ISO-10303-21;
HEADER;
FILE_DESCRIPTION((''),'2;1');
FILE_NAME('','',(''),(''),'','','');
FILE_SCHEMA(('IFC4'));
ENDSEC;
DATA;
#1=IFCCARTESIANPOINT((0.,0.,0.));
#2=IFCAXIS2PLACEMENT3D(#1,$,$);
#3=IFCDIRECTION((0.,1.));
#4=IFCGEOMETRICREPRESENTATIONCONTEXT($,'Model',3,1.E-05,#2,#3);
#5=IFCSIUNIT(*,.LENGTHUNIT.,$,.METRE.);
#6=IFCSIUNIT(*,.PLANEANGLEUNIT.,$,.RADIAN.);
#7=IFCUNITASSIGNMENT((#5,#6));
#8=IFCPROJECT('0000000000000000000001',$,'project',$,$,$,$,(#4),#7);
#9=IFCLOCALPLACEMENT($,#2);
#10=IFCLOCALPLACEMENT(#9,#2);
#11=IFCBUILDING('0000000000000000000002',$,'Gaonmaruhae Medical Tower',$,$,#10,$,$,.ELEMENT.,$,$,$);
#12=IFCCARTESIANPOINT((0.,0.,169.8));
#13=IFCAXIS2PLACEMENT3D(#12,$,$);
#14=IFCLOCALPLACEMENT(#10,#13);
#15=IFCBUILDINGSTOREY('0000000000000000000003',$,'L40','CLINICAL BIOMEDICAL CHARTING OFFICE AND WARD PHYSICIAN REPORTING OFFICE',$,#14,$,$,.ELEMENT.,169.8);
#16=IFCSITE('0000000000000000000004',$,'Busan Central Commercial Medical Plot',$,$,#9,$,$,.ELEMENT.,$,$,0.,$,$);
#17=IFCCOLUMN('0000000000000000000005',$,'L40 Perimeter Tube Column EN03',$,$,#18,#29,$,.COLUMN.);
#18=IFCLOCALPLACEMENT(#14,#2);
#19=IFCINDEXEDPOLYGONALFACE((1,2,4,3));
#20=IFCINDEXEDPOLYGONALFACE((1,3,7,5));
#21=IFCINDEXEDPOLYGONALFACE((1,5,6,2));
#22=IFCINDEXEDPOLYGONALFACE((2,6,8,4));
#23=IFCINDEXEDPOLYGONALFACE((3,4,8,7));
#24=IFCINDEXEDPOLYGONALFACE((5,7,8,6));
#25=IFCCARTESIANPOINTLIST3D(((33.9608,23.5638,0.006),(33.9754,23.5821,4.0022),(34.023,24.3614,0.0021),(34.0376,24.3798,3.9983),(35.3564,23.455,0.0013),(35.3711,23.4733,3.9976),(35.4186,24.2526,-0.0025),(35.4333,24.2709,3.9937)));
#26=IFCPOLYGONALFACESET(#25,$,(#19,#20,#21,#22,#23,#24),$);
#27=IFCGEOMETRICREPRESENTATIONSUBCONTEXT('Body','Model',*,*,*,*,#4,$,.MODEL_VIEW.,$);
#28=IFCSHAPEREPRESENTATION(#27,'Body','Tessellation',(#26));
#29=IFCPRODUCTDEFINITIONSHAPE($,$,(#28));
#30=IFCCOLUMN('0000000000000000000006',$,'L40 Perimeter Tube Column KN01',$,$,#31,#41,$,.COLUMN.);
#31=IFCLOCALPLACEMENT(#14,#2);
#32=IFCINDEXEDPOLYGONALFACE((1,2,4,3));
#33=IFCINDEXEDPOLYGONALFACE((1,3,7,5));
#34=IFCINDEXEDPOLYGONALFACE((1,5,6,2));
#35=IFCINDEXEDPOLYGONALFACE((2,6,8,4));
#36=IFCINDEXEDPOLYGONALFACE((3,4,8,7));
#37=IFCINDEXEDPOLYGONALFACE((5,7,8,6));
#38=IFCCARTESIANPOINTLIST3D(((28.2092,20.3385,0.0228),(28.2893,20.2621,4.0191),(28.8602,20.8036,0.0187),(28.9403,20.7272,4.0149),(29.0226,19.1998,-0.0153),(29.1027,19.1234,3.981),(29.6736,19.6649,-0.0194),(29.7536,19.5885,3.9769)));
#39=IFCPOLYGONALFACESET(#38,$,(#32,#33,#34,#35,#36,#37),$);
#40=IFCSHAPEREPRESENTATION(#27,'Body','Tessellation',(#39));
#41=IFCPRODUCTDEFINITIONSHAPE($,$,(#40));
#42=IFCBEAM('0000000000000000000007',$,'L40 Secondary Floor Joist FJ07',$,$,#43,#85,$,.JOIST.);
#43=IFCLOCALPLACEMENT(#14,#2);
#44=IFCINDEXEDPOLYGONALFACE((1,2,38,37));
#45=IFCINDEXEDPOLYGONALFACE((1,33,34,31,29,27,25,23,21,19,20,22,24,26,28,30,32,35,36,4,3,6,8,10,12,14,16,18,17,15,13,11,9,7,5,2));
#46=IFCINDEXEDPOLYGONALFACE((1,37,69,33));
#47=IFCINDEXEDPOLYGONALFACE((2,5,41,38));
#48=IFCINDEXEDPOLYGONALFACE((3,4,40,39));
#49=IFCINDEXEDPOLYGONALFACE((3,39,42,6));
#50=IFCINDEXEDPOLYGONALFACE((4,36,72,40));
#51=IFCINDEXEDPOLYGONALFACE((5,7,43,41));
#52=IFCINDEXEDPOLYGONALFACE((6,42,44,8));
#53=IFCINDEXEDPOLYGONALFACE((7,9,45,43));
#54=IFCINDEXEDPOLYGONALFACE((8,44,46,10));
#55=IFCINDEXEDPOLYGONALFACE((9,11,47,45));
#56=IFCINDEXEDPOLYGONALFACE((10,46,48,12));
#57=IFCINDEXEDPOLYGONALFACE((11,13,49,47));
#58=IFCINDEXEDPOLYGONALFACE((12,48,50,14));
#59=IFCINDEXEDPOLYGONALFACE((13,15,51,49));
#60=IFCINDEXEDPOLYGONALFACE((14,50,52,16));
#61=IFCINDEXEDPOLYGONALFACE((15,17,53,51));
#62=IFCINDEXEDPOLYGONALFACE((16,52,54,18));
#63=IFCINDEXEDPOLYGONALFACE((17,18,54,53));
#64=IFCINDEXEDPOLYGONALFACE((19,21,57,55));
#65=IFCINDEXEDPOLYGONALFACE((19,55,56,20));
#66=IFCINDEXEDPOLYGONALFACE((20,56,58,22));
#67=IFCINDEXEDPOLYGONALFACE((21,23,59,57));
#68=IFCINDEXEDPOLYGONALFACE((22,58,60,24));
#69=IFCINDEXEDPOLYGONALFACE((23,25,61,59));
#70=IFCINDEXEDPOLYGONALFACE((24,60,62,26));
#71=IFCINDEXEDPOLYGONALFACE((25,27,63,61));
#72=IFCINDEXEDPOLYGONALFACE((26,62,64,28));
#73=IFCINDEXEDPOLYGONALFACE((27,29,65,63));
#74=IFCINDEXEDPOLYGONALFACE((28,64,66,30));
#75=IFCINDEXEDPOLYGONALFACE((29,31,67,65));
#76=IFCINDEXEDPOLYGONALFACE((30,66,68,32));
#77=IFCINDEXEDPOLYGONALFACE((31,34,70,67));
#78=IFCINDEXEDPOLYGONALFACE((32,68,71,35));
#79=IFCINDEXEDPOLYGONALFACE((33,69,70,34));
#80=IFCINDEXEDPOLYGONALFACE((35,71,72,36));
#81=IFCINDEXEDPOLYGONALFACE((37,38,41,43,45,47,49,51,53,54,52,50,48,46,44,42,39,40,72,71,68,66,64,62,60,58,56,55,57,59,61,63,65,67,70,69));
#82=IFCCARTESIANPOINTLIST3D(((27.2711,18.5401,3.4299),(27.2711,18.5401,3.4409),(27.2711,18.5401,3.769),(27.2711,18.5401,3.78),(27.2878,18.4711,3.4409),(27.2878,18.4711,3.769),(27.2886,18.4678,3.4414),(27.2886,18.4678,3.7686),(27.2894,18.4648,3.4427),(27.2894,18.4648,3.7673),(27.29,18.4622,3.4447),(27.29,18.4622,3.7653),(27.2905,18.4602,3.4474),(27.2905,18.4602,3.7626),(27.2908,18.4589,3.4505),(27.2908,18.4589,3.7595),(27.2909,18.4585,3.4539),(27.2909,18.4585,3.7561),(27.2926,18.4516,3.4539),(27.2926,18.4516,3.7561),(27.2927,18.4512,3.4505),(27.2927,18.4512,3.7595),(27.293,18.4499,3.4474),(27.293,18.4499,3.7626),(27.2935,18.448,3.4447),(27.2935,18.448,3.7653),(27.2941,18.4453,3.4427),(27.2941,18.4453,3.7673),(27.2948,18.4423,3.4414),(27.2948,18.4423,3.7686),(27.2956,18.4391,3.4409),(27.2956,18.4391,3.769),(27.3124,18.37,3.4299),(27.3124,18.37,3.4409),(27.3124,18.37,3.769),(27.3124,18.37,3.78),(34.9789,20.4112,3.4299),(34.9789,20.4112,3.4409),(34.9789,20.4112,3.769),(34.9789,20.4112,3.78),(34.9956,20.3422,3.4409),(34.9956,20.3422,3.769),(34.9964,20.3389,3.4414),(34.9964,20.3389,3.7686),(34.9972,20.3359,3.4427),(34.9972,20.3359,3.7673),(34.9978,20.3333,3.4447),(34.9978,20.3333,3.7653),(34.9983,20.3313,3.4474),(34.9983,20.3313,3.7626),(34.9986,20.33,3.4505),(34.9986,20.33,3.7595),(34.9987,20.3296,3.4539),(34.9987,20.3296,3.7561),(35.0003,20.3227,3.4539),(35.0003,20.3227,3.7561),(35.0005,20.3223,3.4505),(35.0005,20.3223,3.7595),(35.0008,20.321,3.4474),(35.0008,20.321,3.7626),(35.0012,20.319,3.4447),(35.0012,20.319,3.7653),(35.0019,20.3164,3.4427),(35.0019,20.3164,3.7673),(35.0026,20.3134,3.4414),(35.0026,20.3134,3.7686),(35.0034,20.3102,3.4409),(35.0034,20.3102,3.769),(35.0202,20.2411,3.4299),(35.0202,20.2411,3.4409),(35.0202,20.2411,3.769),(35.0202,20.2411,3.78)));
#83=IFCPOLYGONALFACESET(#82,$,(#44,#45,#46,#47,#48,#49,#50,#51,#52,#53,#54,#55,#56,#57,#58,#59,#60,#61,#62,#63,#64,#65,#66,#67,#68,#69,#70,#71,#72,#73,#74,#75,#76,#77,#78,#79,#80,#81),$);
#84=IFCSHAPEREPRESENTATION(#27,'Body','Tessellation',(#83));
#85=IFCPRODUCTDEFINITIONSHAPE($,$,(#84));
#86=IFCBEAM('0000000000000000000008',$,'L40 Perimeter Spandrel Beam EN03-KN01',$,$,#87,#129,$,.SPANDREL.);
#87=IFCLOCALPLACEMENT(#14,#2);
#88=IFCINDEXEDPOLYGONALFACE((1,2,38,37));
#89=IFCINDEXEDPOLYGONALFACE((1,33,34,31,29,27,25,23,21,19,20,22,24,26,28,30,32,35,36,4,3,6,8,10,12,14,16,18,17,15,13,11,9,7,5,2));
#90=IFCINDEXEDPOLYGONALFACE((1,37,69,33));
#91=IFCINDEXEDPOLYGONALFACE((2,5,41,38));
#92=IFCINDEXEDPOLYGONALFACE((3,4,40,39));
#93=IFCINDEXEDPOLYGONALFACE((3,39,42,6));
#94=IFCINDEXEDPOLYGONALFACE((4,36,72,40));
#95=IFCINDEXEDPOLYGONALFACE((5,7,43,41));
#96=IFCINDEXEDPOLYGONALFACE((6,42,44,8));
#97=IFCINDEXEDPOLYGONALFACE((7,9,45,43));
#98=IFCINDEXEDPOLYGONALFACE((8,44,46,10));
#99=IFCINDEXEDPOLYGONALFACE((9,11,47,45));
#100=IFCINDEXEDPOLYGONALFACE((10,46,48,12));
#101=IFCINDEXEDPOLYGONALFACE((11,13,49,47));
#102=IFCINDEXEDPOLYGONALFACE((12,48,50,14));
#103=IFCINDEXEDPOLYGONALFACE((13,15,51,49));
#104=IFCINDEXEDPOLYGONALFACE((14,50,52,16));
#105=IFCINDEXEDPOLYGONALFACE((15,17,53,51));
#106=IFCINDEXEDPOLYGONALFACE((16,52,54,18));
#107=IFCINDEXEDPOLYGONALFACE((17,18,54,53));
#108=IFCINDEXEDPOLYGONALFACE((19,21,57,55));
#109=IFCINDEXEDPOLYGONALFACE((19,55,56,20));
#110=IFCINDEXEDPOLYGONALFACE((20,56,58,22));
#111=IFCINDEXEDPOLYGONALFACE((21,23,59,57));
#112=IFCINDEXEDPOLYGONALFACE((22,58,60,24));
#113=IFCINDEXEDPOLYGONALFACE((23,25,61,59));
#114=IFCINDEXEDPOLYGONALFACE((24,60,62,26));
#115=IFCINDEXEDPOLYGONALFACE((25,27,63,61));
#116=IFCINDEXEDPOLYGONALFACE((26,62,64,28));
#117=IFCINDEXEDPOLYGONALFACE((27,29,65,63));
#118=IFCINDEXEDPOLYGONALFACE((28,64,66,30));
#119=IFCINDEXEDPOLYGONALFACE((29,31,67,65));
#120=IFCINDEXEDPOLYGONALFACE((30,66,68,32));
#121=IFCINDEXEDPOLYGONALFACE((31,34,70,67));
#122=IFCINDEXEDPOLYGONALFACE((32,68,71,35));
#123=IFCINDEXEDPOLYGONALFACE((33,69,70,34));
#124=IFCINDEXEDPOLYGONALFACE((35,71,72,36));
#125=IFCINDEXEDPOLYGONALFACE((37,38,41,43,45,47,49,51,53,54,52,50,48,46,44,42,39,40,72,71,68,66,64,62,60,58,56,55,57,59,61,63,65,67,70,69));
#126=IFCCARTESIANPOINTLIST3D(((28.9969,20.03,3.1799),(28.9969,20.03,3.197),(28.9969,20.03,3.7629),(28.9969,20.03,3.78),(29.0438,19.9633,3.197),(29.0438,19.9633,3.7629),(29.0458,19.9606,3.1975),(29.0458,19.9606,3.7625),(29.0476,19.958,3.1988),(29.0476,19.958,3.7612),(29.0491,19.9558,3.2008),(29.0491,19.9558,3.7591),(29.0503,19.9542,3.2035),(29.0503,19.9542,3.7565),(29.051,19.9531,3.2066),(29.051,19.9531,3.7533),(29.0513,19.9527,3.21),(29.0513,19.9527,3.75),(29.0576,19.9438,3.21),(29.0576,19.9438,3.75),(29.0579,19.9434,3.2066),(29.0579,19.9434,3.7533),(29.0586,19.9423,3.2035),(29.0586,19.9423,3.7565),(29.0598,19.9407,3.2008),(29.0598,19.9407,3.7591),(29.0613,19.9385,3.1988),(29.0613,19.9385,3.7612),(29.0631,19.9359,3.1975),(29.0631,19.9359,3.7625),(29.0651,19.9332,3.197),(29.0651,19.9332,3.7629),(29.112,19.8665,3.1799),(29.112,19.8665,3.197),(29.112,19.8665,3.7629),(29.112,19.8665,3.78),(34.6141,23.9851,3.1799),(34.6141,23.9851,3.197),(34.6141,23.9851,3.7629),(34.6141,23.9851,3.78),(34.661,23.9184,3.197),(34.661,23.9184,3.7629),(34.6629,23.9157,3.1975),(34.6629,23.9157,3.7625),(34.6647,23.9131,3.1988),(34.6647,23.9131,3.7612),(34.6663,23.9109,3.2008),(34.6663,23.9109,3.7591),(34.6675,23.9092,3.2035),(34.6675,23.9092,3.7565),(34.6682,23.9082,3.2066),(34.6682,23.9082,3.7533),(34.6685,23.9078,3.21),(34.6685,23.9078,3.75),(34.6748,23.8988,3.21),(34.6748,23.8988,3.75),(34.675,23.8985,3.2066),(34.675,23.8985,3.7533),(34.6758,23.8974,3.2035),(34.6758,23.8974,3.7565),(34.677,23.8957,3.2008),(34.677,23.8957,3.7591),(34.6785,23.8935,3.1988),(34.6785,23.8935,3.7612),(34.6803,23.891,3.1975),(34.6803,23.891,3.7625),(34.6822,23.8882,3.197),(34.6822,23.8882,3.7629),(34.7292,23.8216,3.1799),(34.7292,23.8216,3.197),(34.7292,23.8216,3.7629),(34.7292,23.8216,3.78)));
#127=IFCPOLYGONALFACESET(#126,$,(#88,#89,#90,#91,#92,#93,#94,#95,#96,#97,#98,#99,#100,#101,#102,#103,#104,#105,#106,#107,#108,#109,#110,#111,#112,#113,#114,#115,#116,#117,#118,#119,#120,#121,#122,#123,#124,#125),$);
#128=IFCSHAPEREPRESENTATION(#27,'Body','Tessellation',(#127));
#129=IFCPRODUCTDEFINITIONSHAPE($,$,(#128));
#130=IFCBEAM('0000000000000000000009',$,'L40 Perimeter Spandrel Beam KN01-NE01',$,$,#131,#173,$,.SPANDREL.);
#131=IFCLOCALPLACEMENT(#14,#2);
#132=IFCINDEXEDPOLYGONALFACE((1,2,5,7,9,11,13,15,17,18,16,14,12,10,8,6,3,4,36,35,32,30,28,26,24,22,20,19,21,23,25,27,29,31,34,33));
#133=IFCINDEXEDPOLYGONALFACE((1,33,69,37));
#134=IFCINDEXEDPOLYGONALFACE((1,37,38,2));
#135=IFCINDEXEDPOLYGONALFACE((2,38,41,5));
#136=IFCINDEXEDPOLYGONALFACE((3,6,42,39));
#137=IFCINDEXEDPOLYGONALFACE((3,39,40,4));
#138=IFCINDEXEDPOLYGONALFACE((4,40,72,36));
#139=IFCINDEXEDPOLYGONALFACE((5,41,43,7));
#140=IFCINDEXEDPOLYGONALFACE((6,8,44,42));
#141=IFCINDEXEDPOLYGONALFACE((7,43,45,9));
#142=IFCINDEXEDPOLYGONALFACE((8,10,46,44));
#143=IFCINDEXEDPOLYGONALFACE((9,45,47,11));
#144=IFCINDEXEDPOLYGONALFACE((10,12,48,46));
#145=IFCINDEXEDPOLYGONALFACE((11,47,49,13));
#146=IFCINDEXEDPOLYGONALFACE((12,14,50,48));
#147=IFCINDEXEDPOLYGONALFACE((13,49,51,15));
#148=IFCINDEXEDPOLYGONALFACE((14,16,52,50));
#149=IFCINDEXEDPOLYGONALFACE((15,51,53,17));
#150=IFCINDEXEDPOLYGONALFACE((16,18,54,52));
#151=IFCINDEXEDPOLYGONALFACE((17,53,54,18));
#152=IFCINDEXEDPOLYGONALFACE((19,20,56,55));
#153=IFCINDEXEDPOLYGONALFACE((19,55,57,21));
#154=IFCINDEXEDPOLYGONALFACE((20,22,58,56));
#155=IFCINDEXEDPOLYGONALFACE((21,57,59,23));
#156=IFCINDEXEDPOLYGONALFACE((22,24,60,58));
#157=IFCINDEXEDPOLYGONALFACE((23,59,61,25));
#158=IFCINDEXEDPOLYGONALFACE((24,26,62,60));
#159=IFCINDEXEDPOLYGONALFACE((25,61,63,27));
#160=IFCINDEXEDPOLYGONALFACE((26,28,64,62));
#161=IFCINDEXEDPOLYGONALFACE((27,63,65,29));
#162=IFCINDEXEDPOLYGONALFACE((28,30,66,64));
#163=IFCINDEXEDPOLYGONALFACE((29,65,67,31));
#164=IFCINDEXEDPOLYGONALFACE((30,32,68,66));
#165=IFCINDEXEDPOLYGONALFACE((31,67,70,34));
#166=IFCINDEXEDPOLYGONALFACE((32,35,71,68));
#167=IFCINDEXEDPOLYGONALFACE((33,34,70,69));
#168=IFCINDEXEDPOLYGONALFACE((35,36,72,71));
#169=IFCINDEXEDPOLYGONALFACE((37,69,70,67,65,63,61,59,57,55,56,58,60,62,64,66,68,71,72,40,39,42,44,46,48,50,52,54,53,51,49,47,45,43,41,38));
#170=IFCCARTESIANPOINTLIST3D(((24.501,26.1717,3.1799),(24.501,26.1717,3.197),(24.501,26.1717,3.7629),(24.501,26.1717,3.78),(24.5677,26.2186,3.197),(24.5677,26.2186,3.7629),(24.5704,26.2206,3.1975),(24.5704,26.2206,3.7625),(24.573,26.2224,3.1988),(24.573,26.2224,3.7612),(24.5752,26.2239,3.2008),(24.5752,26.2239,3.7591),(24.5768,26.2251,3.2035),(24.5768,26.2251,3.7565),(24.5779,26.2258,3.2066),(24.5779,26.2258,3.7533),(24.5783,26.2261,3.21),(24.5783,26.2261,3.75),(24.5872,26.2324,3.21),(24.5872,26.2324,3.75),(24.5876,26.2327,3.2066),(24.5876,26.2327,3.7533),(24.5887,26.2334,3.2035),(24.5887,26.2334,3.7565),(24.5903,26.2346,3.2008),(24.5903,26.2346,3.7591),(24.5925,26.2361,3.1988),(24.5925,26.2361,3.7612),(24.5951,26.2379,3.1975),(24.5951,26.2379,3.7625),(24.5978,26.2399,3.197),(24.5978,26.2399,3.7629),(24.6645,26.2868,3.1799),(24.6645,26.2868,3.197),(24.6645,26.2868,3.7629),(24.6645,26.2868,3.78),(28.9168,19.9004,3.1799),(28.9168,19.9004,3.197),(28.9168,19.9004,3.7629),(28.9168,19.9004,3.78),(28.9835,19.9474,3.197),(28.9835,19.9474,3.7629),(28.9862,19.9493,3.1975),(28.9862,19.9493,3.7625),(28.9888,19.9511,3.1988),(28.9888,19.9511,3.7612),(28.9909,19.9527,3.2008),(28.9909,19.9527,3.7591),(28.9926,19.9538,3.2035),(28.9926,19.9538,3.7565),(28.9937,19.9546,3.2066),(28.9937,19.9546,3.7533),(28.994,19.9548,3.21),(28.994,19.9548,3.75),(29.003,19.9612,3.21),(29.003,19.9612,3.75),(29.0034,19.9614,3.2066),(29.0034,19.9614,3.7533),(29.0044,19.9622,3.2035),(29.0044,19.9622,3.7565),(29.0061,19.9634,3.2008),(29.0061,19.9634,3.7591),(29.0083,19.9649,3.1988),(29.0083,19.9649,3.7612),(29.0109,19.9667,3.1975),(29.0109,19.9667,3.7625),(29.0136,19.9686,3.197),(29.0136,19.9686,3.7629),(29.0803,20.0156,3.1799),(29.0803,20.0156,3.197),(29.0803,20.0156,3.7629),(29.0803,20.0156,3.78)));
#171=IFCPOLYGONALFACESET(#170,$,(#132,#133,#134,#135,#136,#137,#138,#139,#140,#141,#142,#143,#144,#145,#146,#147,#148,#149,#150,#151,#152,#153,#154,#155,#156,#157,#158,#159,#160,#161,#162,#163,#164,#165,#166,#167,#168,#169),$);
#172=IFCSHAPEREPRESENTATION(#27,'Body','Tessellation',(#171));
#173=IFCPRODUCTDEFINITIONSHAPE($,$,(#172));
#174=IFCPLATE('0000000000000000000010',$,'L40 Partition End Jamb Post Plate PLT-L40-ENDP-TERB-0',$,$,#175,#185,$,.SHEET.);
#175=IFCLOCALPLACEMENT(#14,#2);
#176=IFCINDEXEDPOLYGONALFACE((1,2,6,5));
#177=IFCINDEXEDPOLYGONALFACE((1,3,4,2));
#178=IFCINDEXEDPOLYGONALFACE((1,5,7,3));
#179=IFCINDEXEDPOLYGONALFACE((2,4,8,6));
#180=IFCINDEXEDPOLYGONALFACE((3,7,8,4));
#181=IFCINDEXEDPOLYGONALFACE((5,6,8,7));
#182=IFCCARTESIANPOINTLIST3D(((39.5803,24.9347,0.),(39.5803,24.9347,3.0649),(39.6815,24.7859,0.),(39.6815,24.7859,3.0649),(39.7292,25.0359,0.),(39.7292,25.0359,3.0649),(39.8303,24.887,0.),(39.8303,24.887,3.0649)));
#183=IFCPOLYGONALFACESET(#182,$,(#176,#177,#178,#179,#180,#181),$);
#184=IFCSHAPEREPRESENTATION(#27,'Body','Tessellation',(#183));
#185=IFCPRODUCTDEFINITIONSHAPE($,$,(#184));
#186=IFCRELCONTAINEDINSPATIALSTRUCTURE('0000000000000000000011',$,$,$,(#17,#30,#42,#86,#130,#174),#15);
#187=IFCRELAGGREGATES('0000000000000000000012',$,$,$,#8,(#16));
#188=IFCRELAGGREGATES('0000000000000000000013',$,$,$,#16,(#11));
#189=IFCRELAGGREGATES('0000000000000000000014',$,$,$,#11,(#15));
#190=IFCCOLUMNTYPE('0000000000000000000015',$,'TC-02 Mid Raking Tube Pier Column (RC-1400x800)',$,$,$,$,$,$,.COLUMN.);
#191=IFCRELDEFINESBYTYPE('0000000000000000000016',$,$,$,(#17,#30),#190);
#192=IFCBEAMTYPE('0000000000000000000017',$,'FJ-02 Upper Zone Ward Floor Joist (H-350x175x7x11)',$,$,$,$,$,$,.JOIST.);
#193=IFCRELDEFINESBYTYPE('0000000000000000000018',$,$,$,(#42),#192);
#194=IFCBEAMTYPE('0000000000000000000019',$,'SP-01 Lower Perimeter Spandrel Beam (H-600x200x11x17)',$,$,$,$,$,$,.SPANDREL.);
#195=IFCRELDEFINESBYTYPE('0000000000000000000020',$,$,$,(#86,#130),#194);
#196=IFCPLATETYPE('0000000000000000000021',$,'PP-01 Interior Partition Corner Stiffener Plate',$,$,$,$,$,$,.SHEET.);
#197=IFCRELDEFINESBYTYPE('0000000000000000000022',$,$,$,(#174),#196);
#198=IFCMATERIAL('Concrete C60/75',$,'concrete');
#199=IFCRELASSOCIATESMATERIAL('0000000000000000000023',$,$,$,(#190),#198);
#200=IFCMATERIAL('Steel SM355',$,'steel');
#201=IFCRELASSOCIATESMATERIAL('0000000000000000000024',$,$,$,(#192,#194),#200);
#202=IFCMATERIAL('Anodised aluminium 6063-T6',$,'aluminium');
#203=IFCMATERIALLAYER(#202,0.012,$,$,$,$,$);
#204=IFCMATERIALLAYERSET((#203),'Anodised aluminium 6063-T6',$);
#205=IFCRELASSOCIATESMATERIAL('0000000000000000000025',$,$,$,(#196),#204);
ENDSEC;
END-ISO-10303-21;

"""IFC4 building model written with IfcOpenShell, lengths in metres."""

from ifc_helpers import new_model, si_unit, direction, frame, origin, origin_2d, place, context, subcontext, project, spatial, rectangle, i_section, extrude, material, layer, layer_set, material_profile, profile_set, type_object, element, save


model = new_model("IFC4")

# Units and contexts
model_context = context("Model", 3, precision=1e-05, world=origin(), true_north=direction((0.0, 1.0)))
body_context = subcontext(model_context, "Body", "Model", "MODEL_VIEW")
ifc_project = project(units=[si_unit("LENGTHUNIT", "METRE"), si_unit("PLANEANGLEUNIT", "RADIAN")], contexts=[model_context])

# Site, building, storey
site_placement = place(None, origin())
site = spatial("IfcSite", under=ifc_project, at=site_placement, Name="Busan Central Commercial Medical Plot", CompositionType="ELEMENT", RefElevation=0.0)
building_placement = place(site_placement, origin())
building = spatial("IfcBuilding", under=site, at=building_placement, Name="Gaonmaruhae Medical Tower", CompositionType="ELEMENT")
storey_placement = place(building_placement, frame((0.0, 0.0, 169.8)))
storey = spatial("IfcBuildingStorey", under=building, at=storey_placement, Name="L40", Description="CLINICAL BIOMEDICAL CHARTING OFFICE AND WARD PHYSICIAN REPORTING OFFICE", CompositionType="ELEMENT", Elevation=169.8)

# Columns
ifc_material_1 = material(Name="Concrete C60/75", Category="concrete")
ifc_material_profile_1 = material_profile(ifc_material_1, rectangle(XDim=1.3999, YDim=0.8, at=origin_2d()), Name="RC-1400x800")
ifc_profile_set_1 = profile_set([ifc_material_profile_1], Name="Concrete C60/75")
column_type = type_object("IfcColumnType", Name="TC-02 Mid Raking Tube Pier Column (RC-1400x800)", PredefinedType="COLUMN", material=ifc_profile_set_1)
column_1_placement = place(storey_placement, frame((34.6897, 23.9082, 0.0017), z_axis=(0.003665, 0.004582, 0.999983), x_axis=(-0.996966, 0.077767, 0.003298)))
element("IfcColumn", 1, at=column_1_placement, inside=storey, type_object=column_type, Name="L40 Perimeter Tube Column EN03", PredefinedType="COLUMN", context=body_context, shape_type="SweptSolid", body=[
    extrude(rectangle(XDim=1.3999, YDim=0.8, at=origin_2d()), origin(), (0.0, 0.0, 1.0), 3.9963),
])
column_2_placement = place(storey_placement, frame((28.9414, 20.0017, 0.0017), z_axis=(0.02003, -0.019114, 0.999617), x_axis=(-0.581006, 0.813445, 0.027196)))
element("IfcColumn", 2, at=column_2_placement, inside=storey, type_object=column_type, Name="L40 Perimeter Tube Column KN01", PredefinedType="COLUMN", context=body_context, shape_type="SweptSolid", body=[
    extrude(rectangle(XDim=1.3999, YDim=0.8, at=origin_2d()), origin(), (0.0, 0.0, 1.0), 3.9978),
])

# Beams
ifc_material_2 = material(Name="Steel SM355", Category="steel")
ifc_material_profile_2 = material_profile(ifc_material_2, i_section(OverallWidth=0.175, OverallDepth=0.3501, WebThickness=0.0071, FlangeThickness=0.011, FilletRadius=0.0129, at=origin_2d()), Name="H-350x175x7x11")
ifc_profile_set_2 = profile_set([ifc_material_profile_2], Name="Steel SM355")
beam_type_1 = type_object("IfcBeamType", Name="FJ-02 Upper Zone Ward Floor Joist (H-350x175x7x11)", PredefinedType="JOIST", material=ifc_profile_set_2)
beam_1_placement = place(storey_placement, frame((34.9995, 20.3262, 3.605), z_axis=(-0.971777, -0.235903, 0.0), x_axis=(0.235903, -0.971777, 0.0)))
element("IfcBeam", 3, at=beam_1_placement, inside=storey, type_object=beam_type_1, Name="L40 Secondary Floor Joist FJ07", PredefinedType="JOIST", context=body_context, shape_type="SweptSolid", body=[
    extrude(i_section(OverallWidth=0.175, OverallDepth=0.3501, WebThickness=0.0071, FlangeThickness=0.011, FilletRadius=0.0129, at=origin_2d()), origin(), (0.0, 0.0, 1.0), 7.9316),
])
ifc_material_profile_3 = material_profile(ifc_material_2, i_section(OverallWidth=0.2, OverallDepth=0.6001, WebThickness=0.011, FlangeThickness=0.0171, FilletRadius=0.0129, at=origin_2d()), Name="H-600x200x11x17")
ifc_profile_set_3 = profile_set([ifc_material_profile_3], Name="Steel SM355")
beam_type_2 = type_object("IfcBeamType", Name="SP-01 Lower Perimeter Spandrel Beam (H-600x200x11x17)", PredefinedType="SPANDREL", material=ifc_profile_set_3)
beam_2_placement = place(storey_placement, frame((34.6716, 23.9033, 3.48), z_axis=(-0.817653, -0.575712, 0.0), x_axis=(0.575712, -0.817653, 0.0)))
element("IfcBeam", 4, at=beam_2_placement, inside=storey, type_object=beam_type_2, Name="L40 Perimeter Spandrel Beam EN03-KN01", PredefinedType="SPANDREL", context=body_context, shape_type="SweptSolid", body=[
    extrude(i_section(OverallWidth=0.2, OverallDepth=0.6001, WebThickness=0.011, FlangeThickness=0.0171, FilletRadius=0.0129, at=origin_2d()), origin(), (0.0, 0.0, 1.0), 6.8699),
])
beam_3_placement = place(storey_placement, frame((28.9985, 19.958, 3.48), z_axis=(-0.575727, 0.817642, 0.0), x_axis=(-0.817642, -0.575727, 0.0)))
element("IfcBeam", 5, at=beam_3_placement, inside=storey, type_object=beam_type_2, Name="L40 Perimeter Spandrel Beam KN01-NE01", PredefinedType="SPANDREL", context=body_context, shape_type="SweptSolid", body=[
    extrude(i_section(OverallWidth=0.2, OverallDepth=0.6001, WebThickness=0.011, FlangeThickness=0.0171, FilletRadius=0.0129, at=origin_2d()), origin(), (0.0, 0.0, 1.0), 7.6699),
])

# Plate
ifc_material_3 = material(Name="Anodised aluminium 6063-T6", Category="aluminium")
ifc_layer_1 = layer(ifc_material_3, 0.012)
ifc_layer_set_1 = layer_set([ifc_layer_1], Name="Anodised aluminium 6063-T6")
plate_type = type_object("IfcPlateType", Name="PP-01 Interior Partition Corner Stiffener Plate", PredefinedType="SHEET", material=ifc_layer_set_1)
plate_placement = place(storey_placement, frame((39.7053, 24.9109, 0.0), z_axis=(0.0, 0.0, 1.0), x_axis=(0.827081, 0.562083, 0.0)))
element("IfcPlate", 6, at=plate_placement, inside=storey, type_object=plate_type, Name="L40 Partition End Jamb Post Plate PLT-L40-ENDP-TERB-0", PredefinedType="SHEET", context=body_context, shape_type="SweptSolid", body=[
    extrude(rectangle(XDim=0.1799, YDim=0.1799, at=origin_2d()), origin(), (0.0, 0.0, 1.0), 3.0649),
])

save(model, "model.ifc")
